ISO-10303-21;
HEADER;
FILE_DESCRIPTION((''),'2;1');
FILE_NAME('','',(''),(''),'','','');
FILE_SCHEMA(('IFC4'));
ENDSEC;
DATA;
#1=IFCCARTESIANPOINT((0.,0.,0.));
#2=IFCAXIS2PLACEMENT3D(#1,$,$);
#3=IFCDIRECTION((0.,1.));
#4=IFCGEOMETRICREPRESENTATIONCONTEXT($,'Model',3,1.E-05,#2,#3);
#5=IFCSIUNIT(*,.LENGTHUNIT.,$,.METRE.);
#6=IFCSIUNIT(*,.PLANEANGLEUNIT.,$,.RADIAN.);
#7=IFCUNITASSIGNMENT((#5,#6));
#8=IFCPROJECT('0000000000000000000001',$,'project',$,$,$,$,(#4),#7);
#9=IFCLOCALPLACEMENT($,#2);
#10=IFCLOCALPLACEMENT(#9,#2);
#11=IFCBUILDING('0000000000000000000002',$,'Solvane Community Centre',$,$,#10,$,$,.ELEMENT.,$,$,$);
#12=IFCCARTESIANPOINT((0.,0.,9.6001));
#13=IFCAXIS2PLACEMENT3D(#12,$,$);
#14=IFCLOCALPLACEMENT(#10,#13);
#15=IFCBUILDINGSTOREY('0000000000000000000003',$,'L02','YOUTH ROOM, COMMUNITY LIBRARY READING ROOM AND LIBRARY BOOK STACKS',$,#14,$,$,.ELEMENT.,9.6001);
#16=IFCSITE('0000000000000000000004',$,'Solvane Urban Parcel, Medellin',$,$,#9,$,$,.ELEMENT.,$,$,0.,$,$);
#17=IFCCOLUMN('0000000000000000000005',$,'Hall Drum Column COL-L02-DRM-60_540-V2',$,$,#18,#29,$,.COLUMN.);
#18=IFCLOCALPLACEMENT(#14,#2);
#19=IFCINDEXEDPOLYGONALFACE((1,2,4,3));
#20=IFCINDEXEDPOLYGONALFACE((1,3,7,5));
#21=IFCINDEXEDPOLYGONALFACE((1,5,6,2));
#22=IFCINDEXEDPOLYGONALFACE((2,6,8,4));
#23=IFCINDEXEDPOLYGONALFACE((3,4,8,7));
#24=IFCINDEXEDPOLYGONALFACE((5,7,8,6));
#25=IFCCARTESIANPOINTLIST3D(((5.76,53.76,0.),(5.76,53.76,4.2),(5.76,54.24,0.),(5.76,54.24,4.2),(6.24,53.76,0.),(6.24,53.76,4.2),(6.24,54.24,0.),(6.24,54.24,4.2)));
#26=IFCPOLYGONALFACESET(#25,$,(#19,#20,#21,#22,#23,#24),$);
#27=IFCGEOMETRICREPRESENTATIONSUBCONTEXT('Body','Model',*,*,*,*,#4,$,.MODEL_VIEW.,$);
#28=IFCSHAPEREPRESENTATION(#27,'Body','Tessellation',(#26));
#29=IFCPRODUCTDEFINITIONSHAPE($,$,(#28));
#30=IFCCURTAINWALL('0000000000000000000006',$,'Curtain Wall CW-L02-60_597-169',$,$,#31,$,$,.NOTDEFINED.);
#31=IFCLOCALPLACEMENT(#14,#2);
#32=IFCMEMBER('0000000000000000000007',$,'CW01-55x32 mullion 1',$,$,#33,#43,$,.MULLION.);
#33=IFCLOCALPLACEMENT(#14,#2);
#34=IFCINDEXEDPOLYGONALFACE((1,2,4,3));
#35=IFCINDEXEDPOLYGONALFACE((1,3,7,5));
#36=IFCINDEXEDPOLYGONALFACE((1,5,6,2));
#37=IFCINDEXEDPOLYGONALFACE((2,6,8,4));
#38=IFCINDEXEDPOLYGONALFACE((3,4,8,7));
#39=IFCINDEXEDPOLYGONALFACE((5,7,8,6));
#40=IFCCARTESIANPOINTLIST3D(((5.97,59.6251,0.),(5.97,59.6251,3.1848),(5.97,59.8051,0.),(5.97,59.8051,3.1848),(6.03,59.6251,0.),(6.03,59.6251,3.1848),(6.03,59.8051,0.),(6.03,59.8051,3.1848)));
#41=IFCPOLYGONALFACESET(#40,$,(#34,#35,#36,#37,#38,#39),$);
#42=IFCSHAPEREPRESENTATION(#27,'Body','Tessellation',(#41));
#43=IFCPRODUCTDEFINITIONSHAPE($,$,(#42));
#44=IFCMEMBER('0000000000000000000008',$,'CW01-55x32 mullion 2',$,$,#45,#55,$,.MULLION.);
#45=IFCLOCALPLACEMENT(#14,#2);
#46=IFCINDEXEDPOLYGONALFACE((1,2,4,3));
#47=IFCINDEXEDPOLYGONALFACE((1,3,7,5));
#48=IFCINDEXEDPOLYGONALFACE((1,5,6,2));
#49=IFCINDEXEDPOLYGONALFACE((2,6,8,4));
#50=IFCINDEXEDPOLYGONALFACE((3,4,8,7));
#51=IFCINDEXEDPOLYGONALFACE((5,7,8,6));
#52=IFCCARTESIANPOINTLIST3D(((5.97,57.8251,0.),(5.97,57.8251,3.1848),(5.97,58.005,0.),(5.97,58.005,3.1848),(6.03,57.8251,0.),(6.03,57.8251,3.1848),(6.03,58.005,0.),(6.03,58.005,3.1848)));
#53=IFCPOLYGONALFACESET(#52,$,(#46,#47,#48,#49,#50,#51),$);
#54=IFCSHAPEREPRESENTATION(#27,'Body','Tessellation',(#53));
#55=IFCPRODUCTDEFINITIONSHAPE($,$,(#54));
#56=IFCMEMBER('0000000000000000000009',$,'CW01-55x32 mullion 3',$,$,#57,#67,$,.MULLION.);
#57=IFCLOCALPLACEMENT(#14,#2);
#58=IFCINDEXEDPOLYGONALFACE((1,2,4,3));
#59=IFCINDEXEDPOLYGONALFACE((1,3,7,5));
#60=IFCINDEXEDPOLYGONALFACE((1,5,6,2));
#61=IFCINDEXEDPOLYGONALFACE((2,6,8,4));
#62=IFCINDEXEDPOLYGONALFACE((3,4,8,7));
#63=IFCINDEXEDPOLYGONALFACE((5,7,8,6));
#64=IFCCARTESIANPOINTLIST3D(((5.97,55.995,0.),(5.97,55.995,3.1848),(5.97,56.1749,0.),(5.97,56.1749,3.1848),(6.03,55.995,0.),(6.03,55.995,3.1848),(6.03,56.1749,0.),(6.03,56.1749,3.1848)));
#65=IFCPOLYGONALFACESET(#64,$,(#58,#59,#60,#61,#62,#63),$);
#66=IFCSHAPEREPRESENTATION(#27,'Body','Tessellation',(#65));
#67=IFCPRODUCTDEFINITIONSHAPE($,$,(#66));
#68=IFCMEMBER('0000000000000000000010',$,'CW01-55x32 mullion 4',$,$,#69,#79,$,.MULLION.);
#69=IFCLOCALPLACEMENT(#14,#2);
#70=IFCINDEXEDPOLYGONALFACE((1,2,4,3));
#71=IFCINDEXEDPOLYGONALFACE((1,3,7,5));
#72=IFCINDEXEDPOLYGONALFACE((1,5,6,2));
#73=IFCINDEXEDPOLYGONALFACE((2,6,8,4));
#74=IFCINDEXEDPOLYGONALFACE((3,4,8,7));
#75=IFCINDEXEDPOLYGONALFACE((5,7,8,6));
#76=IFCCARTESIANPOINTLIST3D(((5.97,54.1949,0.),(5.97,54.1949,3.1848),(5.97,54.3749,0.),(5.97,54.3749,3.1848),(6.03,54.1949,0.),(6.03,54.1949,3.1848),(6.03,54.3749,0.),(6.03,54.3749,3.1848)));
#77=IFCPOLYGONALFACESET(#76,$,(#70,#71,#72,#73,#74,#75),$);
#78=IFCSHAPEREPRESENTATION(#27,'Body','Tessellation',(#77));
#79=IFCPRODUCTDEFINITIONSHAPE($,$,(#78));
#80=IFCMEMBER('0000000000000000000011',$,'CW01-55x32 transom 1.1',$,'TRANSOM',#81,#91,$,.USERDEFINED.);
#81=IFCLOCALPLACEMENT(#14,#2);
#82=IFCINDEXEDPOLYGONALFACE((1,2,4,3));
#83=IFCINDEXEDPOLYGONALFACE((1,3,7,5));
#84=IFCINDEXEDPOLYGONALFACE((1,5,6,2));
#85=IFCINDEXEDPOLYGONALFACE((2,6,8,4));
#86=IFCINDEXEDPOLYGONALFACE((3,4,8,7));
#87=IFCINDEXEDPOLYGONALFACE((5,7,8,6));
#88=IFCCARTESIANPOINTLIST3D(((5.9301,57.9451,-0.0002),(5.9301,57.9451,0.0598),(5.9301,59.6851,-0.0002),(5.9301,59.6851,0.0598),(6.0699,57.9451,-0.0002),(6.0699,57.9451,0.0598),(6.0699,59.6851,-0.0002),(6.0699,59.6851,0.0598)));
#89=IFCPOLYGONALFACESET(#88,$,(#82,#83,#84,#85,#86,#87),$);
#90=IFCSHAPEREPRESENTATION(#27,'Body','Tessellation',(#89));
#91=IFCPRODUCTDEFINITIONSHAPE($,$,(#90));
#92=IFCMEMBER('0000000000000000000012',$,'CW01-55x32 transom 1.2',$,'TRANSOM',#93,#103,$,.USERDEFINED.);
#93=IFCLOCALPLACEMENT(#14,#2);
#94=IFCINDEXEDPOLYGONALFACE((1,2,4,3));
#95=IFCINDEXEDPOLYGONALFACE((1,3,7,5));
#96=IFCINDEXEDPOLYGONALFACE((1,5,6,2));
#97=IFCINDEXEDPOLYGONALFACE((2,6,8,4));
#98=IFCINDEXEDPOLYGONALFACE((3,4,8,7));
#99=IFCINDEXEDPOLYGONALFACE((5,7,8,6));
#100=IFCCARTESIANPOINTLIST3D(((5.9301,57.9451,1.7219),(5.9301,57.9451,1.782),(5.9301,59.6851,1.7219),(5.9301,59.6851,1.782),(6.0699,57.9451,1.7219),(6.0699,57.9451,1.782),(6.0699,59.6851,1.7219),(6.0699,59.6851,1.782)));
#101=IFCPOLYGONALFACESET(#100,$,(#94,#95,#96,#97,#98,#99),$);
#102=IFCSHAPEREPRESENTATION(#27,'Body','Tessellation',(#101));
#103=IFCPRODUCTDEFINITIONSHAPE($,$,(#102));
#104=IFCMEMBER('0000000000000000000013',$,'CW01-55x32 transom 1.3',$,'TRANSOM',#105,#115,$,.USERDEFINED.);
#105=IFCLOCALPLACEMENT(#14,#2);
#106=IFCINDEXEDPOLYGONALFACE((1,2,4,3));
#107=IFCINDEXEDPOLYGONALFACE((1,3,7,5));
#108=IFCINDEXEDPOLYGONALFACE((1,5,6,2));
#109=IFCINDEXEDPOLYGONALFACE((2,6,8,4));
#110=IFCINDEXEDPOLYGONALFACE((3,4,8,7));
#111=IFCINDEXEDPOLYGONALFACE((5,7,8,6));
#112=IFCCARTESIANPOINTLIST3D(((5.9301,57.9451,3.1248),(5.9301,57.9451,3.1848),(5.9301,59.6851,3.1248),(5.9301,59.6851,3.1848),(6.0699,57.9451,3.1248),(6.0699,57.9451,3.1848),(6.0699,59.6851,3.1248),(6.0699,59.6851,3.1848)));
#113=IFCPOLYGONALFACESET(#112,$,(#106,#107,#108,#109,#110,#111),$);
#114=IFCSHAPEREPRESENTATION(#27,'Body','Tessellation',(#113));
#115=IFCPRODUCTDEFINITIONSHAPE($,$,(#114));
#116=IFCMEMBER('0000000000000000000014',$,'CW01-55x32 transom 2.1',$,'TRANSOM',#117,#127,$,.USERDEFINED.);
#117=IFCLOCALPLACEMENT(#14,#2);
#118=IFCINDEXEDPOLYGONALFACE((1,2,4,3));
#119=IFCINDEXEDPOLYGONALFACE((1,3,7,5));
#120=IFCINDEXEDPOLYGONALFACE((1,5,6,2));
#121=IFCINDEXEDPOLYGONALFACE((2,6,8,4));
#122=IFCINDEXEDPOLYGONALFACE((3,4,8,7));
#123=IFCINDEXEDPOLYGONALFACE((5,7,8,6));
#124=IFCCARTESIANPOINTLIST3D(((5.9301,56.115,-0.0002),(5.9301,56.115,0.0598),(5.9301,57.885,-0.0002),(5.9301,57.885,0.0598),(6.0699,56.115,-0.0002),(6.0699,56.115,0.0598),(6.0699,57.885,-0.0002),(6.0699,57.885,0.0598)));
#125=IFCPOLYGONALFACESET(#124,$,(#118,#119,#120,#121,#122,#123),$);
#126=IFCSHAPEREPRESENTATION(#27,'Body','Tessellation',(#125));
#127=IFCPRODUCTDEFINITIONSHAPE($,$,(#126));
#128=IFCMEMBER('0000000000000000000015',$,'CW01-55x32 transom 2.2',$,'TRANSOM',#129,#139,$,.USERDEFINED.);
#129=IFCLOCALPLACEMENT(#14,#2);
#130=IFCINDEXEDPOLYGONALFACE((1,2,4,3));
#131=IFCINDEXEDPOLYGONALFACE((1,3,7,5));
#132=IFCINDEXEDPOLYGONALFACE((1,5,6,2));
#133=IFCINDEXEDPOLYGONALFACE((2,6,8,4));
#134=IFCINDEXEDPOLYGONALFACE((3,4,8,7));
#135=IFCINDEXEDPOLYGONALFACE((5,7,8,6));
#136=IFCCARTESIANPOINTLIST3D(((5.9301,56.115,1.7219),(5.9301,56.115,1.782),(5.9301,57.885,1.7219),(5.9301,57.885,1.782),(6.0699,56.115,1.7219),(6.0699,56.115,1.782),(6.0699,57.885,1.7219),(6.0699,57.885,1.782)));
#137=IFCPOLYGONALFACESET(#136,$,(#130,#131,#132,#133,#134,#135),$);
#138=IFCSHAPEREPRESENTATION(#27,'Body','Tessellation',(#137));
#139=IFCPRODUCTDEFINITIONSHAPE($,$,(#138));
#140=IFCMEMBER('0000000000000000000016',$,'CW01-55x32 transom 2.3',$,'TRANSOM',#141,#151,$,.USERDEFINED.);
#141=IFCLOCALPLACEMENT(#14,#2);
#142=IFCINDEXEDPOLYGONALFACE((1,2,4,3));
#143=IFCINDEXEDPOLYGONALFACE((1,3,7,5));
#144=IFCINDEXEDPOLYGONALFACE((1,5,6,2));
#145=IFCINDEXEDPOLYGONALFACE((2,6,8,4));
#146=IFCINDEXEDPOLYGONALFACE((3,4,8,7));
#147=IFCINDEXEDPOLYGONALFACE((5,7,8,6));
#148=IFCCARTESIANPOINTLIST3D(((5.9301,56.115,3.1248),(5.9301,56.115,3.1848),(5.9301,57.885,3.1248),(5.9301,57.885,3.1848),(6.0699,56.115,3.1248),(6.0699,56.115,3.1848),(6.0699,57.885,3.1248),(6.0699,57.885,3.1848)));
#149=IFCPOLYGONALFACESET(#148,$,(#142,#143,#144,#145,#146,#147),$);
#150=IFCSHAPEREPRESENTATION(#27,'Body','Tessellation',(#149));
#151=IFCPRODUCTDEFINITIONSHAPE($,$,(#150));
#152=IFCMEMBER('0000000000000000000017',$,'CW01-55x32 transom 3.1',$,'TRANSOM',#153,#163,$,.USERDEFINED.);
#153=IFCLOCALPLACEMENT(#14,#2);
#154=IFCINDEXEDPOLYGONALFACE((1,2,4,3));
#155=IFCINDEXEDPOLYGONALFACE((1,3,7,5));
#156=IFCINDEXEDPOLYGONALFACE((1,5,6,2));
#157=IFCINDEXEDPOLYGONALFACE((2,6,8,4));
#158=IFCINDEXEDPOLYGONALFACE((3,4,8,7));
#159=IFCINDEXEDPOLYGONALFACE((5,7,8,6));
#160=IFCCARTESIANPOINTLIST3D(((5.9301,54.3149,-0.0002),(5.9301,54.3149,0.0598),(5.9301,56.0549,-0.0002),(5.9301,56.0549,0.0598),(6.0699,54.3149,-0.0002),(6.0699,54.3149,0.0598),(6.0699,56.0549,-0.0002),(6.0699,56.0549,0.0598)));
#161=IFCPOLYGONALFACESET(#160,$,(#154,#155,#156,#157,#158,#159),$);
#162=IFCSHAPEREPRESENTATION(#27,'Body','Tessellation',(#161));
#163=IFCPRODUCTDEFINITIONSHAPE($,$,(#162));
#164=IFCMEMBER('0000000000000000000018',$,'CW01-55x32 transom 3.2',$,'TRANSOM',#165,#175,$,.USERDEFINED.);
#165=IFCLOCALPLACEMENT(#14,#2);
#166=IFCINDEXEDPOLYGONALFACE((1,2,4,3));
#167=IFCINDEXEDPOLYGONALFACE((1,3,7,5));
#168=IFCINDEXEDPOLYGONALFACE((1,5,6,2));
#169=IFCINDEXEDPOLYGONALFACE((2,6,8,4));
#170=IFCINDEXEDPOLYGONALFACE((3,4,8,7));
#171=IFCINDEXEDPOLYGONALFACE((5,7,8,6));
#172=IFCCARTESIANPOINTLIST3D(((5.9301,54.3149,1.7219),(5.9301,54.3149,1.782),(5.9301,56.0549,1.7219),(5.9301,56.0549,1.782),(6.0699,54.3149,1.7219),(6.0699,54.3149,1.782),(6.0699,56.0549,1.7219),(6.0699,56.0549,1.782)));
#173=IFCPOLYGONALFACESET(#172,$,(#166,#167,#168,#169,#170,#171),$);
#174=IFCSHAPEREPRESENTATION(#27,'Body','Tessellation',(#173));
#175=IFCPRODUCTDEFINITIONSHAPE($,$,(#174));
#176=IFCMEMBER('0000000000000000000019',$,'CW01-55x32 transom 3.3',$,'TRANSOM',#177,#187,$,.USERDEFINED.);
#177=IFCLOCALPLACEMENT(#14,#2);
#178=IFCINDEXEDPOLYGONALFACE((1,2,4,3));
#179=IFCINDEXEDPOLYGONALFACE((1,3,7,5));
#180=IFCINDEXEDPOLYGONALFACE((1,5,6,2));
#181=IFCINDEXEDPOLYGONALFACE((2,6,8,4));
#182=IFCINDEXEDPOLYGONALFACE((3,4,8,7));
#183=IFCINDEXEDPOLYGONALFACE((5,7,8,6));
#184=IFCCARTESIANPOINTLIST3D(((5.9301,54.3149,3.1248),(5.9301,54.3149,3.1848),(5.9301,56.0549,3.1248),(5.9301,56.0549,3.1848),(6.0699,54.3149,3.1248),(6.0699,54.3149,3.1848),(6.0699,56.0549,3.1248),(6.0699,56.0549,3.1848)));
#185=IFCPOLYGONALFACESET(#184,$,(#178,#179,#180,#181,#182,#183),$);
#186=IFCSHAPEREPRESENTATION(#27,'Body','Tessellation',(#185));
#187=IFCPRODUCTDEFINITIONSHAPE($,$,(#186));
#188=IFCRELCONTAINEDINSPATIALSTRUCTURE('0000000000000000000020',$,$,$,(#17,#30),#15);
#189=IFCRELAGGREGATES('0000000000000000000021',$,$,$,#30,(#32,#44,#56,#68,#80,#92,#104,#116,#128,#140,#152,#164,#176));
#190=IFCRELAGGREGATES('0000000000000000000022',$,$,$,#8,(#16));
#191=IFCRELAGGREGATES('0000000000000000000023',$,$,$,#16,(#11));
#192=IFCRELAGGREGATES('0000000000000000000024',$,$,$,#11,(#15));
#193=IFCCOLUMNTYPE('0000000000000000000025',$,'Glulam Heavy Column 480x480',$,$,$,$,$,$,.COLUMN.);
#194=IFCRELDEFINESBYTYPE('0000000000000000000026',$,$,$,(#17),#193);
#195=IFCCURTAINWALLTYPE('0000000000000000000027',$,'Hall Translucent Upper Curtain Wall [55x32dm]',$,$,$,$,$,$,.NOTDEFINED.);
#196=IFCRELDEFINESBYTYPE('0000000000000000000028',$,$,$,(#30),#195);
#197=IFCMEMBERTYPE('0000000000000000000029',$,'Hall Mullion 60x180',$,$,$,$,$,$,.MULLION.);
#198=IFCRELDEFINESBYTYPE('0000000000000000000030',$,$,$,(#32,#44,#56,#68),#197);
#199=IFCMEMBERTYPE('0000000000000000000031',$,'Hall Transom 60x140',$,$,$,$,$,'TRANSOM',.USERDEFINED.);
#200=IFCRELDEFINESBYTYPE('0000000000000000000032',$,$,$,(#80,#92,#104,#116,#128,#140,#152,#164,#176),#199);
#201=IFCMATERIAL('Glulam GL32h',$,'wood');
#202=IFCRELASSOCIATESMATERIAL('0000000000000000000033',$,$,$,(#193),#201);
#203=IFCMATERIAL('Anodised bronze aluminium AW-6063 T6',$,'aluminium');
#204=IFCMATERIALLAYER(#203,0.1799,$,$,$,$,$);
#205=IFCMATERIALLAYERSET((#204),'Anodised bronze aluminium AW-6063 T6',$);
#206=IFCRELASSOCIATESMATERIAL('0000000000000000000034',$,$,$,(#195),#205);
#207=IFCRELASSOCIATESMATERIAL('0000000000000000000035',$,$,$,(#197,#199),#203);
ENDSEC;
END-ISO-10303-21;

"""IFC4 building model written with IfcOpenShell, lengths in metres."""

from ifc_helpers import new_model, si_unit, direction, frame, origin, origin_2d, place, context, subcontext, project, spatial, rectangle, extrude, material, layer, layer_set, material_profile, profile_set, type_object, element, aggregate, save


model = new_model("IFC4")

# Units and contexts
model_context = context("Model", 3, precision=1e-05, world=origin(), true_north=direction((0.0, 1.0)))
body_context = subcontext(model_context, "Body", "Model", "MODEL_VIEW")
ifc_project = project(units=[si_unit("LENGTHUNIT", "METRE"), si_unit("PLANEANGLEUNIT", "RADIAN")], contexts=[model_context])

# Site, building, storey
site_placement = place(None, origin())
site = spatial("IfcSite", under=ifc_project, at=site_placement, Name="Solvane Urban Parcel, Medellin", CompositionType="ELEMENT", RefElevation=0.0)
building_placement = place(site_placement, origin())
building = spatial("IfcBuilding", under=site, at=building_placement, Name="Solvane Community Centre", CompositionType="ELEMENT")
storey_placement = place(building_placement, frame((0.0, 0.0, 9.6001)))
storey = spatial("IfcBuildingStorey", under=building, at=storey_placement, Name="L02", Description="YOUTH ROOM, COMMUNITY LIBRARY READING ROOM AND LIBRARY BOOK STACKS", CompositionType="ELEMENT", Elevation=9.6001)

# Column
ifc_material_1 = material(Name="Glulam GL32h", Category="wood")
ifc_material_profile_1 = material_profile(ifc_material_1, rectangle(XDim=0.48, YDim=0.48, at=origin_2d()), Name="GL32h 480x480")
ifc_profile_set_1 = profile_set([ifc_material_profile_1], Name="Glulam GL32h")
column_type = type_object("IfcColumnType", Name="Glulam Heavy Column 480x480", PredefinedType="COLUMN", material=ifc_profile_set_1)
column_placement = place(storey_placement, frame((6.0, 54.0, 0.0), z_axis=(0.0, 0.0, 1.0), x_axis=(1.0, 0.0, 0.0)))
element("IfcColumn", 1, at=column_placement, inside=storey, type_object=column_type, Name="Hall Drum Column COL-L02-DRM-60_540-V2", PredefinedType="COLUMN", context=body_context, shape_type="SweptSolid", body=[
    extrude(rectangle(XDim=0.48, YDim=0.48, at=origin_2d()), origin(), (0.0, 0.0, 1.0), 4.2),
])

# Curtain wall, members
ifc_material_2 = material(Name="Anodised bronze aluminium AW-6063 T6", Category="aluminium")
ifc_layer_1 = layer(ifc_material_2, 0.1799)
ifc_layer_set_1 = layer_set([ifc_layer_1], Name="Anodised bronze aluminium AW-6063 T6")
curtain_wall_type = type_object("IfcCurtainWallType", Name="Hall Translucent Upper Curtain Wall [55x32dm]", PredefinedType="NOTDEFINED", material=ifc_layer_set_1)
curtain_wall_placement = place(storey_placement, origin())
curtain_wall = element("IfcCurtainWall", 2, at=curtain_wall_placement, inside=storey, type_object=curtain_wall_type, Name="Curtain Wall CW-L02-60_597-169", PredefinedType="NOTDEFINED")
ifc_material_profile_2 = material_profile(ifc_material_2, rectangle(XDim=0.0601, YDim=0.1799, at=origin_2d()), Name="CW-M 60x180")
ifc_profile_set_2 = profile_set([ifc_material_profile_2], Name="Anodised bronze aluminium AW-6063 T6")
member_type_1 = type_object("IfcMemberType", Name="Hall Mullion 60x180", PredefinedType="MULLION", material=ifc_profile_set_2)
member_1_placement = place(storey_placement, frame((6.0, 59.7151, 0.0), z_axis=(0.0, 0.0, 1.0), x_axis=(1.0, 0.0, 0.0)))
member_1 = element("IfcMember", 3, at=member_1_placement, type_object=member_type_1, Name="CW01-55x32 mullion 1", PredefinedType="MULLION", context=body_context, shape_type="SweptSolid", body=[
    extrude(rectangle(XDim=0.0601, YDim=0.1799, at=origin_2d()), origin(), (0.0, 0.0, 1.0), 3.1848),
])
member_2_placement = place(storey_placement, frame((6.0, 57.915, 0.0), z_axis=(0.0, 0.0, 1.0), x_axis=(1.0, 0.0, 0.0)))
member_2 = element("IfcMember", 4, at=member_2_placement, type_object=member_type_1, Name="CW01-55x32 mullion 2", PredefinedType="MULLION", context=body_context, shape_type="SweptSolid", body=[
    extrude(rectangle(XDim=0.0601, YDim=0.1799, at=origin_2d()), origin(), (0.0, 0.0, 1.0), 3.1848),
])
member_3_placement = place(storey_placement, frame((6.0, 56.085, 0.0), z_axis=(0.0, 0.0, 1.0), x_axis=(1.0, 0.0, 0.0)))
member_3 = element("IfcMember", 5, at=member_3_placement, type_object=member_type_1, Name="CW01-55x32 mullion 3", PredefinedType="MULLION", context=body_context, shape_type="SweptSolid", body=[
    extrude(rectangle(XDim=0.0601, YDim=0.1799, at=origin_2d()), origin(), (0.0, 0.0, 1.0), 3.1848),
])
member_4_placement = place(storey_placement, frame((6.0, 54.2849, 0.0), z_axis=(0.0, 0.0, 1.0), x_axis=(1.0, 0.0, 0.0)))
member_4 = element("IfcMember", 6, at=member_4_placement, type_object=member_type_1, Name="CW01-55x32 mullion 4", PredefinedType="MULLION", context=body_context, shape_type="SweptSolid", body=[
    extrude(rectangle(XDim=0.0601, YDim=0.1799, at=origin_2d()), origin(), (0.0, 0.0, 1.0), 3.1848),
])
ifc_material_profile_3 = material_profile(ifc_material_2, rectangle(XDim=0.1399, YDim=0.0601, at=origin_2d()), Name="CW-T 60x140")
ifc_profile_set_3 = profile_set([ifc_material_profile_3], Name="Anodised bronze aluminium AW-6063 T6")
member_type_2 = type_object("IfcMemberType", Name="Hall Transom 60x140", ElementType="TRANSOM", PredefinedType="USERDEFINED", material=ifc_profile_set_3)
member_5_placement = place(storey_placement, frame((6.0, 59.6851, 0.0298), z_axis=(0.0, -1.0, 0.0), x_axis=(1.0, 0.0, 0.0)))
member_5 = element("IfcMember", 7, at=member_5_placement, type_object=member_type_2, Name="CW01-55x32 transom 1.1", ObjectType="TRANSOM", PredefinedType="USERDEFINED", context=body_context, shape_type="SweptSolid", body=[
    extrude(rectangle(XDim=0.1399, YDim=0.0601, at=origin_2d()), origin(), (0.0, 0.0, 1.0), 1.74),
])
member_6_placement = place(storey_placement, frame((6.0, 59.6851, 1.752), z_axis=(0.0, -1.0, 0.0), x_axis=(1.0, 0.0, 0.0)))
member_6 = element("IfcMember", 8, at=member_6_placement, type_object=member_type_2, Name="CW01-55x32 transom 1.2", ObjectType="TRANSOM", PredefinedType="USERDEFINED", context=body_context, shape_type="SweptSolid", body=[
    extrude(rectangle(XDim=0.1399, YDim=0.0601, at=origin_2d()), origin(), (0.0, 0.0, 1.0), 1.74),
])
member_7_placement = place(storey_placement, frame((6.0, 59.6851, 3.1548), z_axis=(0.0, -1.0, 0.0), x_axis=(1.0, 0.0, 0.0)))
member_7 = element("IfcMember", 9, at=member_7_placement, type_object=member_type_2, Name="CW01-55x32 transom 1.3", ObjectType="TRANSOM", PredefinedType="USERDEFINED", context=body_context, shape_type="SweptSolid", body=[
    extrude(rectangle(XDim=0.1399, YDim=0.0601, at=origin_2d()), origin(), (0.0, 0.0, 1.0), 1.74),
])
member_8_placement = place(storey_placement, frame((6.0, 57.885, 0.0298), z_axis=(0.0, -1.0, 0.0), x_axis=(1.0, 0.0, 0.0)))
member_8 = element("IfcMember", 10, at=member_8_placement, type_object=member_type_2, Name="CW01-55x32 transom 2.1", ObjectType="TRANSOM", PredefinedType="USERDEFINED", context=body_context, shape_type="SweptSolid", body=[
    extrude(rectangle(XDim=0.1399, YDim=0.0601, at=origin_2d()), origin(), (0.0, 0.0, 1.0), 1.77),
])
member_9_placement = place(storey_placement, frame((6.0, 57.885, 1.752), z_axis=(0.0, -1.0, 0.0), x_axis=(1.0, 0.0, 0.0)))
member_9 = element("IfcMember", 11, at=member_9_placement, type_object=member_type_2, Name="CW01-55x32 transom 2.2", ObjectType="TRANSOM", PredefinedType="USERDEFINED", context=body_context, shape_type="SweptSolid", body=[
    extrude(rectangle(XDim=0.1399, YDim=0.0601, at=origin_2d()), origin(), (0.0, 0.0, 1.0), 1.77),
])
member_10_placement = place(storey_placement, frame((6.0, 57.885, 3.1548), z_axis=(0.0, -1.0, 0.0), x_axis=(1.0, 0.0, 0.0)))
member_10 = element("IfcMember", 12, at=member_10_placement, type_object=member_type_2, Name="CW01-55x32 transom 2.3", ObjectType="TRANSOM", PredefinedType="USERDEFINED", context=body_context, shape_type="SweptSolid", body=[
    extrude(rectangle(XDim=0.1399, YDim=0.0601, at=origin_2d()), origin(), (0.0, 0.0, 1.0), 1.77),
])
member_11_placement = place(storey_placement, frame((6.0, 56.0549, 0.0298), z_axis=(0.0, -1.0, 0.0), x_axis=(1.0, 0.0, 0.0)))
member_11 = element("IfcMember", 13, at=member_11_placement, type_object=member_type_2, Name="CW01-55x32 transom 3.1", ObjectType="TRANSOM", PredefinedType="USERDEFINED", context=body_context, shape_type="SweptSolid", body=[
    extrude(rectangle(XDim=0.1399, YDim=0.0601, at=origin_2d()), origin(), (0.0, 0.0, 1.0), 1.74),
])
member_12_placement = place(storey_placement, frame((6.0, 56.0549, 1.752), z_axis=(0.0, -1.0, 0.0), x_axis=(1.0, 0.0, 0.0)))
member_12 = element("IfcMember", 14, at=member_12_placement, type_object=member_type_2, Name="CW01-55x32 transom 3.2", ObjectType="TRANSOM", PredefinedType="USERDEFINED", context=body_context, shape_type="SweptSolid", body=[
    extrude(rectangle(XDim=0.1399, YDim=0.0601, at=origin_2d()), origin(), (0.0, 0.0, 1.0), 1.74),
])
member_13_placement = place(storey_placement, frame((6.0, 56.0549, 3.1548), z_axis=(0.0, -1.0, 0.0), x_axis=(1.0, 0.0, 0.0)))
member_13 = element("IfcMember", 15, at=member_13_placement, type_object=member_type_2, Name="CW01-55x32 transom 3.3", ObjectType="TRANSOM", PredefinedType="USERDEFINED", context=body_context, shape_type="SweptSolid", body=[
    extrude(rectangle(XDim=0.1399, YDim=0.0601, at=origin_2d()), origin(), (0.0, 0.0, 1.0), 1.74),
])

aggregate(curtain_wall, [member_1, member_2, member_3, member_4, member_5, member_6, member_7, member_8, member_9, member_10, member_11, member_12, member_13])

save(model, "model.ifc")
